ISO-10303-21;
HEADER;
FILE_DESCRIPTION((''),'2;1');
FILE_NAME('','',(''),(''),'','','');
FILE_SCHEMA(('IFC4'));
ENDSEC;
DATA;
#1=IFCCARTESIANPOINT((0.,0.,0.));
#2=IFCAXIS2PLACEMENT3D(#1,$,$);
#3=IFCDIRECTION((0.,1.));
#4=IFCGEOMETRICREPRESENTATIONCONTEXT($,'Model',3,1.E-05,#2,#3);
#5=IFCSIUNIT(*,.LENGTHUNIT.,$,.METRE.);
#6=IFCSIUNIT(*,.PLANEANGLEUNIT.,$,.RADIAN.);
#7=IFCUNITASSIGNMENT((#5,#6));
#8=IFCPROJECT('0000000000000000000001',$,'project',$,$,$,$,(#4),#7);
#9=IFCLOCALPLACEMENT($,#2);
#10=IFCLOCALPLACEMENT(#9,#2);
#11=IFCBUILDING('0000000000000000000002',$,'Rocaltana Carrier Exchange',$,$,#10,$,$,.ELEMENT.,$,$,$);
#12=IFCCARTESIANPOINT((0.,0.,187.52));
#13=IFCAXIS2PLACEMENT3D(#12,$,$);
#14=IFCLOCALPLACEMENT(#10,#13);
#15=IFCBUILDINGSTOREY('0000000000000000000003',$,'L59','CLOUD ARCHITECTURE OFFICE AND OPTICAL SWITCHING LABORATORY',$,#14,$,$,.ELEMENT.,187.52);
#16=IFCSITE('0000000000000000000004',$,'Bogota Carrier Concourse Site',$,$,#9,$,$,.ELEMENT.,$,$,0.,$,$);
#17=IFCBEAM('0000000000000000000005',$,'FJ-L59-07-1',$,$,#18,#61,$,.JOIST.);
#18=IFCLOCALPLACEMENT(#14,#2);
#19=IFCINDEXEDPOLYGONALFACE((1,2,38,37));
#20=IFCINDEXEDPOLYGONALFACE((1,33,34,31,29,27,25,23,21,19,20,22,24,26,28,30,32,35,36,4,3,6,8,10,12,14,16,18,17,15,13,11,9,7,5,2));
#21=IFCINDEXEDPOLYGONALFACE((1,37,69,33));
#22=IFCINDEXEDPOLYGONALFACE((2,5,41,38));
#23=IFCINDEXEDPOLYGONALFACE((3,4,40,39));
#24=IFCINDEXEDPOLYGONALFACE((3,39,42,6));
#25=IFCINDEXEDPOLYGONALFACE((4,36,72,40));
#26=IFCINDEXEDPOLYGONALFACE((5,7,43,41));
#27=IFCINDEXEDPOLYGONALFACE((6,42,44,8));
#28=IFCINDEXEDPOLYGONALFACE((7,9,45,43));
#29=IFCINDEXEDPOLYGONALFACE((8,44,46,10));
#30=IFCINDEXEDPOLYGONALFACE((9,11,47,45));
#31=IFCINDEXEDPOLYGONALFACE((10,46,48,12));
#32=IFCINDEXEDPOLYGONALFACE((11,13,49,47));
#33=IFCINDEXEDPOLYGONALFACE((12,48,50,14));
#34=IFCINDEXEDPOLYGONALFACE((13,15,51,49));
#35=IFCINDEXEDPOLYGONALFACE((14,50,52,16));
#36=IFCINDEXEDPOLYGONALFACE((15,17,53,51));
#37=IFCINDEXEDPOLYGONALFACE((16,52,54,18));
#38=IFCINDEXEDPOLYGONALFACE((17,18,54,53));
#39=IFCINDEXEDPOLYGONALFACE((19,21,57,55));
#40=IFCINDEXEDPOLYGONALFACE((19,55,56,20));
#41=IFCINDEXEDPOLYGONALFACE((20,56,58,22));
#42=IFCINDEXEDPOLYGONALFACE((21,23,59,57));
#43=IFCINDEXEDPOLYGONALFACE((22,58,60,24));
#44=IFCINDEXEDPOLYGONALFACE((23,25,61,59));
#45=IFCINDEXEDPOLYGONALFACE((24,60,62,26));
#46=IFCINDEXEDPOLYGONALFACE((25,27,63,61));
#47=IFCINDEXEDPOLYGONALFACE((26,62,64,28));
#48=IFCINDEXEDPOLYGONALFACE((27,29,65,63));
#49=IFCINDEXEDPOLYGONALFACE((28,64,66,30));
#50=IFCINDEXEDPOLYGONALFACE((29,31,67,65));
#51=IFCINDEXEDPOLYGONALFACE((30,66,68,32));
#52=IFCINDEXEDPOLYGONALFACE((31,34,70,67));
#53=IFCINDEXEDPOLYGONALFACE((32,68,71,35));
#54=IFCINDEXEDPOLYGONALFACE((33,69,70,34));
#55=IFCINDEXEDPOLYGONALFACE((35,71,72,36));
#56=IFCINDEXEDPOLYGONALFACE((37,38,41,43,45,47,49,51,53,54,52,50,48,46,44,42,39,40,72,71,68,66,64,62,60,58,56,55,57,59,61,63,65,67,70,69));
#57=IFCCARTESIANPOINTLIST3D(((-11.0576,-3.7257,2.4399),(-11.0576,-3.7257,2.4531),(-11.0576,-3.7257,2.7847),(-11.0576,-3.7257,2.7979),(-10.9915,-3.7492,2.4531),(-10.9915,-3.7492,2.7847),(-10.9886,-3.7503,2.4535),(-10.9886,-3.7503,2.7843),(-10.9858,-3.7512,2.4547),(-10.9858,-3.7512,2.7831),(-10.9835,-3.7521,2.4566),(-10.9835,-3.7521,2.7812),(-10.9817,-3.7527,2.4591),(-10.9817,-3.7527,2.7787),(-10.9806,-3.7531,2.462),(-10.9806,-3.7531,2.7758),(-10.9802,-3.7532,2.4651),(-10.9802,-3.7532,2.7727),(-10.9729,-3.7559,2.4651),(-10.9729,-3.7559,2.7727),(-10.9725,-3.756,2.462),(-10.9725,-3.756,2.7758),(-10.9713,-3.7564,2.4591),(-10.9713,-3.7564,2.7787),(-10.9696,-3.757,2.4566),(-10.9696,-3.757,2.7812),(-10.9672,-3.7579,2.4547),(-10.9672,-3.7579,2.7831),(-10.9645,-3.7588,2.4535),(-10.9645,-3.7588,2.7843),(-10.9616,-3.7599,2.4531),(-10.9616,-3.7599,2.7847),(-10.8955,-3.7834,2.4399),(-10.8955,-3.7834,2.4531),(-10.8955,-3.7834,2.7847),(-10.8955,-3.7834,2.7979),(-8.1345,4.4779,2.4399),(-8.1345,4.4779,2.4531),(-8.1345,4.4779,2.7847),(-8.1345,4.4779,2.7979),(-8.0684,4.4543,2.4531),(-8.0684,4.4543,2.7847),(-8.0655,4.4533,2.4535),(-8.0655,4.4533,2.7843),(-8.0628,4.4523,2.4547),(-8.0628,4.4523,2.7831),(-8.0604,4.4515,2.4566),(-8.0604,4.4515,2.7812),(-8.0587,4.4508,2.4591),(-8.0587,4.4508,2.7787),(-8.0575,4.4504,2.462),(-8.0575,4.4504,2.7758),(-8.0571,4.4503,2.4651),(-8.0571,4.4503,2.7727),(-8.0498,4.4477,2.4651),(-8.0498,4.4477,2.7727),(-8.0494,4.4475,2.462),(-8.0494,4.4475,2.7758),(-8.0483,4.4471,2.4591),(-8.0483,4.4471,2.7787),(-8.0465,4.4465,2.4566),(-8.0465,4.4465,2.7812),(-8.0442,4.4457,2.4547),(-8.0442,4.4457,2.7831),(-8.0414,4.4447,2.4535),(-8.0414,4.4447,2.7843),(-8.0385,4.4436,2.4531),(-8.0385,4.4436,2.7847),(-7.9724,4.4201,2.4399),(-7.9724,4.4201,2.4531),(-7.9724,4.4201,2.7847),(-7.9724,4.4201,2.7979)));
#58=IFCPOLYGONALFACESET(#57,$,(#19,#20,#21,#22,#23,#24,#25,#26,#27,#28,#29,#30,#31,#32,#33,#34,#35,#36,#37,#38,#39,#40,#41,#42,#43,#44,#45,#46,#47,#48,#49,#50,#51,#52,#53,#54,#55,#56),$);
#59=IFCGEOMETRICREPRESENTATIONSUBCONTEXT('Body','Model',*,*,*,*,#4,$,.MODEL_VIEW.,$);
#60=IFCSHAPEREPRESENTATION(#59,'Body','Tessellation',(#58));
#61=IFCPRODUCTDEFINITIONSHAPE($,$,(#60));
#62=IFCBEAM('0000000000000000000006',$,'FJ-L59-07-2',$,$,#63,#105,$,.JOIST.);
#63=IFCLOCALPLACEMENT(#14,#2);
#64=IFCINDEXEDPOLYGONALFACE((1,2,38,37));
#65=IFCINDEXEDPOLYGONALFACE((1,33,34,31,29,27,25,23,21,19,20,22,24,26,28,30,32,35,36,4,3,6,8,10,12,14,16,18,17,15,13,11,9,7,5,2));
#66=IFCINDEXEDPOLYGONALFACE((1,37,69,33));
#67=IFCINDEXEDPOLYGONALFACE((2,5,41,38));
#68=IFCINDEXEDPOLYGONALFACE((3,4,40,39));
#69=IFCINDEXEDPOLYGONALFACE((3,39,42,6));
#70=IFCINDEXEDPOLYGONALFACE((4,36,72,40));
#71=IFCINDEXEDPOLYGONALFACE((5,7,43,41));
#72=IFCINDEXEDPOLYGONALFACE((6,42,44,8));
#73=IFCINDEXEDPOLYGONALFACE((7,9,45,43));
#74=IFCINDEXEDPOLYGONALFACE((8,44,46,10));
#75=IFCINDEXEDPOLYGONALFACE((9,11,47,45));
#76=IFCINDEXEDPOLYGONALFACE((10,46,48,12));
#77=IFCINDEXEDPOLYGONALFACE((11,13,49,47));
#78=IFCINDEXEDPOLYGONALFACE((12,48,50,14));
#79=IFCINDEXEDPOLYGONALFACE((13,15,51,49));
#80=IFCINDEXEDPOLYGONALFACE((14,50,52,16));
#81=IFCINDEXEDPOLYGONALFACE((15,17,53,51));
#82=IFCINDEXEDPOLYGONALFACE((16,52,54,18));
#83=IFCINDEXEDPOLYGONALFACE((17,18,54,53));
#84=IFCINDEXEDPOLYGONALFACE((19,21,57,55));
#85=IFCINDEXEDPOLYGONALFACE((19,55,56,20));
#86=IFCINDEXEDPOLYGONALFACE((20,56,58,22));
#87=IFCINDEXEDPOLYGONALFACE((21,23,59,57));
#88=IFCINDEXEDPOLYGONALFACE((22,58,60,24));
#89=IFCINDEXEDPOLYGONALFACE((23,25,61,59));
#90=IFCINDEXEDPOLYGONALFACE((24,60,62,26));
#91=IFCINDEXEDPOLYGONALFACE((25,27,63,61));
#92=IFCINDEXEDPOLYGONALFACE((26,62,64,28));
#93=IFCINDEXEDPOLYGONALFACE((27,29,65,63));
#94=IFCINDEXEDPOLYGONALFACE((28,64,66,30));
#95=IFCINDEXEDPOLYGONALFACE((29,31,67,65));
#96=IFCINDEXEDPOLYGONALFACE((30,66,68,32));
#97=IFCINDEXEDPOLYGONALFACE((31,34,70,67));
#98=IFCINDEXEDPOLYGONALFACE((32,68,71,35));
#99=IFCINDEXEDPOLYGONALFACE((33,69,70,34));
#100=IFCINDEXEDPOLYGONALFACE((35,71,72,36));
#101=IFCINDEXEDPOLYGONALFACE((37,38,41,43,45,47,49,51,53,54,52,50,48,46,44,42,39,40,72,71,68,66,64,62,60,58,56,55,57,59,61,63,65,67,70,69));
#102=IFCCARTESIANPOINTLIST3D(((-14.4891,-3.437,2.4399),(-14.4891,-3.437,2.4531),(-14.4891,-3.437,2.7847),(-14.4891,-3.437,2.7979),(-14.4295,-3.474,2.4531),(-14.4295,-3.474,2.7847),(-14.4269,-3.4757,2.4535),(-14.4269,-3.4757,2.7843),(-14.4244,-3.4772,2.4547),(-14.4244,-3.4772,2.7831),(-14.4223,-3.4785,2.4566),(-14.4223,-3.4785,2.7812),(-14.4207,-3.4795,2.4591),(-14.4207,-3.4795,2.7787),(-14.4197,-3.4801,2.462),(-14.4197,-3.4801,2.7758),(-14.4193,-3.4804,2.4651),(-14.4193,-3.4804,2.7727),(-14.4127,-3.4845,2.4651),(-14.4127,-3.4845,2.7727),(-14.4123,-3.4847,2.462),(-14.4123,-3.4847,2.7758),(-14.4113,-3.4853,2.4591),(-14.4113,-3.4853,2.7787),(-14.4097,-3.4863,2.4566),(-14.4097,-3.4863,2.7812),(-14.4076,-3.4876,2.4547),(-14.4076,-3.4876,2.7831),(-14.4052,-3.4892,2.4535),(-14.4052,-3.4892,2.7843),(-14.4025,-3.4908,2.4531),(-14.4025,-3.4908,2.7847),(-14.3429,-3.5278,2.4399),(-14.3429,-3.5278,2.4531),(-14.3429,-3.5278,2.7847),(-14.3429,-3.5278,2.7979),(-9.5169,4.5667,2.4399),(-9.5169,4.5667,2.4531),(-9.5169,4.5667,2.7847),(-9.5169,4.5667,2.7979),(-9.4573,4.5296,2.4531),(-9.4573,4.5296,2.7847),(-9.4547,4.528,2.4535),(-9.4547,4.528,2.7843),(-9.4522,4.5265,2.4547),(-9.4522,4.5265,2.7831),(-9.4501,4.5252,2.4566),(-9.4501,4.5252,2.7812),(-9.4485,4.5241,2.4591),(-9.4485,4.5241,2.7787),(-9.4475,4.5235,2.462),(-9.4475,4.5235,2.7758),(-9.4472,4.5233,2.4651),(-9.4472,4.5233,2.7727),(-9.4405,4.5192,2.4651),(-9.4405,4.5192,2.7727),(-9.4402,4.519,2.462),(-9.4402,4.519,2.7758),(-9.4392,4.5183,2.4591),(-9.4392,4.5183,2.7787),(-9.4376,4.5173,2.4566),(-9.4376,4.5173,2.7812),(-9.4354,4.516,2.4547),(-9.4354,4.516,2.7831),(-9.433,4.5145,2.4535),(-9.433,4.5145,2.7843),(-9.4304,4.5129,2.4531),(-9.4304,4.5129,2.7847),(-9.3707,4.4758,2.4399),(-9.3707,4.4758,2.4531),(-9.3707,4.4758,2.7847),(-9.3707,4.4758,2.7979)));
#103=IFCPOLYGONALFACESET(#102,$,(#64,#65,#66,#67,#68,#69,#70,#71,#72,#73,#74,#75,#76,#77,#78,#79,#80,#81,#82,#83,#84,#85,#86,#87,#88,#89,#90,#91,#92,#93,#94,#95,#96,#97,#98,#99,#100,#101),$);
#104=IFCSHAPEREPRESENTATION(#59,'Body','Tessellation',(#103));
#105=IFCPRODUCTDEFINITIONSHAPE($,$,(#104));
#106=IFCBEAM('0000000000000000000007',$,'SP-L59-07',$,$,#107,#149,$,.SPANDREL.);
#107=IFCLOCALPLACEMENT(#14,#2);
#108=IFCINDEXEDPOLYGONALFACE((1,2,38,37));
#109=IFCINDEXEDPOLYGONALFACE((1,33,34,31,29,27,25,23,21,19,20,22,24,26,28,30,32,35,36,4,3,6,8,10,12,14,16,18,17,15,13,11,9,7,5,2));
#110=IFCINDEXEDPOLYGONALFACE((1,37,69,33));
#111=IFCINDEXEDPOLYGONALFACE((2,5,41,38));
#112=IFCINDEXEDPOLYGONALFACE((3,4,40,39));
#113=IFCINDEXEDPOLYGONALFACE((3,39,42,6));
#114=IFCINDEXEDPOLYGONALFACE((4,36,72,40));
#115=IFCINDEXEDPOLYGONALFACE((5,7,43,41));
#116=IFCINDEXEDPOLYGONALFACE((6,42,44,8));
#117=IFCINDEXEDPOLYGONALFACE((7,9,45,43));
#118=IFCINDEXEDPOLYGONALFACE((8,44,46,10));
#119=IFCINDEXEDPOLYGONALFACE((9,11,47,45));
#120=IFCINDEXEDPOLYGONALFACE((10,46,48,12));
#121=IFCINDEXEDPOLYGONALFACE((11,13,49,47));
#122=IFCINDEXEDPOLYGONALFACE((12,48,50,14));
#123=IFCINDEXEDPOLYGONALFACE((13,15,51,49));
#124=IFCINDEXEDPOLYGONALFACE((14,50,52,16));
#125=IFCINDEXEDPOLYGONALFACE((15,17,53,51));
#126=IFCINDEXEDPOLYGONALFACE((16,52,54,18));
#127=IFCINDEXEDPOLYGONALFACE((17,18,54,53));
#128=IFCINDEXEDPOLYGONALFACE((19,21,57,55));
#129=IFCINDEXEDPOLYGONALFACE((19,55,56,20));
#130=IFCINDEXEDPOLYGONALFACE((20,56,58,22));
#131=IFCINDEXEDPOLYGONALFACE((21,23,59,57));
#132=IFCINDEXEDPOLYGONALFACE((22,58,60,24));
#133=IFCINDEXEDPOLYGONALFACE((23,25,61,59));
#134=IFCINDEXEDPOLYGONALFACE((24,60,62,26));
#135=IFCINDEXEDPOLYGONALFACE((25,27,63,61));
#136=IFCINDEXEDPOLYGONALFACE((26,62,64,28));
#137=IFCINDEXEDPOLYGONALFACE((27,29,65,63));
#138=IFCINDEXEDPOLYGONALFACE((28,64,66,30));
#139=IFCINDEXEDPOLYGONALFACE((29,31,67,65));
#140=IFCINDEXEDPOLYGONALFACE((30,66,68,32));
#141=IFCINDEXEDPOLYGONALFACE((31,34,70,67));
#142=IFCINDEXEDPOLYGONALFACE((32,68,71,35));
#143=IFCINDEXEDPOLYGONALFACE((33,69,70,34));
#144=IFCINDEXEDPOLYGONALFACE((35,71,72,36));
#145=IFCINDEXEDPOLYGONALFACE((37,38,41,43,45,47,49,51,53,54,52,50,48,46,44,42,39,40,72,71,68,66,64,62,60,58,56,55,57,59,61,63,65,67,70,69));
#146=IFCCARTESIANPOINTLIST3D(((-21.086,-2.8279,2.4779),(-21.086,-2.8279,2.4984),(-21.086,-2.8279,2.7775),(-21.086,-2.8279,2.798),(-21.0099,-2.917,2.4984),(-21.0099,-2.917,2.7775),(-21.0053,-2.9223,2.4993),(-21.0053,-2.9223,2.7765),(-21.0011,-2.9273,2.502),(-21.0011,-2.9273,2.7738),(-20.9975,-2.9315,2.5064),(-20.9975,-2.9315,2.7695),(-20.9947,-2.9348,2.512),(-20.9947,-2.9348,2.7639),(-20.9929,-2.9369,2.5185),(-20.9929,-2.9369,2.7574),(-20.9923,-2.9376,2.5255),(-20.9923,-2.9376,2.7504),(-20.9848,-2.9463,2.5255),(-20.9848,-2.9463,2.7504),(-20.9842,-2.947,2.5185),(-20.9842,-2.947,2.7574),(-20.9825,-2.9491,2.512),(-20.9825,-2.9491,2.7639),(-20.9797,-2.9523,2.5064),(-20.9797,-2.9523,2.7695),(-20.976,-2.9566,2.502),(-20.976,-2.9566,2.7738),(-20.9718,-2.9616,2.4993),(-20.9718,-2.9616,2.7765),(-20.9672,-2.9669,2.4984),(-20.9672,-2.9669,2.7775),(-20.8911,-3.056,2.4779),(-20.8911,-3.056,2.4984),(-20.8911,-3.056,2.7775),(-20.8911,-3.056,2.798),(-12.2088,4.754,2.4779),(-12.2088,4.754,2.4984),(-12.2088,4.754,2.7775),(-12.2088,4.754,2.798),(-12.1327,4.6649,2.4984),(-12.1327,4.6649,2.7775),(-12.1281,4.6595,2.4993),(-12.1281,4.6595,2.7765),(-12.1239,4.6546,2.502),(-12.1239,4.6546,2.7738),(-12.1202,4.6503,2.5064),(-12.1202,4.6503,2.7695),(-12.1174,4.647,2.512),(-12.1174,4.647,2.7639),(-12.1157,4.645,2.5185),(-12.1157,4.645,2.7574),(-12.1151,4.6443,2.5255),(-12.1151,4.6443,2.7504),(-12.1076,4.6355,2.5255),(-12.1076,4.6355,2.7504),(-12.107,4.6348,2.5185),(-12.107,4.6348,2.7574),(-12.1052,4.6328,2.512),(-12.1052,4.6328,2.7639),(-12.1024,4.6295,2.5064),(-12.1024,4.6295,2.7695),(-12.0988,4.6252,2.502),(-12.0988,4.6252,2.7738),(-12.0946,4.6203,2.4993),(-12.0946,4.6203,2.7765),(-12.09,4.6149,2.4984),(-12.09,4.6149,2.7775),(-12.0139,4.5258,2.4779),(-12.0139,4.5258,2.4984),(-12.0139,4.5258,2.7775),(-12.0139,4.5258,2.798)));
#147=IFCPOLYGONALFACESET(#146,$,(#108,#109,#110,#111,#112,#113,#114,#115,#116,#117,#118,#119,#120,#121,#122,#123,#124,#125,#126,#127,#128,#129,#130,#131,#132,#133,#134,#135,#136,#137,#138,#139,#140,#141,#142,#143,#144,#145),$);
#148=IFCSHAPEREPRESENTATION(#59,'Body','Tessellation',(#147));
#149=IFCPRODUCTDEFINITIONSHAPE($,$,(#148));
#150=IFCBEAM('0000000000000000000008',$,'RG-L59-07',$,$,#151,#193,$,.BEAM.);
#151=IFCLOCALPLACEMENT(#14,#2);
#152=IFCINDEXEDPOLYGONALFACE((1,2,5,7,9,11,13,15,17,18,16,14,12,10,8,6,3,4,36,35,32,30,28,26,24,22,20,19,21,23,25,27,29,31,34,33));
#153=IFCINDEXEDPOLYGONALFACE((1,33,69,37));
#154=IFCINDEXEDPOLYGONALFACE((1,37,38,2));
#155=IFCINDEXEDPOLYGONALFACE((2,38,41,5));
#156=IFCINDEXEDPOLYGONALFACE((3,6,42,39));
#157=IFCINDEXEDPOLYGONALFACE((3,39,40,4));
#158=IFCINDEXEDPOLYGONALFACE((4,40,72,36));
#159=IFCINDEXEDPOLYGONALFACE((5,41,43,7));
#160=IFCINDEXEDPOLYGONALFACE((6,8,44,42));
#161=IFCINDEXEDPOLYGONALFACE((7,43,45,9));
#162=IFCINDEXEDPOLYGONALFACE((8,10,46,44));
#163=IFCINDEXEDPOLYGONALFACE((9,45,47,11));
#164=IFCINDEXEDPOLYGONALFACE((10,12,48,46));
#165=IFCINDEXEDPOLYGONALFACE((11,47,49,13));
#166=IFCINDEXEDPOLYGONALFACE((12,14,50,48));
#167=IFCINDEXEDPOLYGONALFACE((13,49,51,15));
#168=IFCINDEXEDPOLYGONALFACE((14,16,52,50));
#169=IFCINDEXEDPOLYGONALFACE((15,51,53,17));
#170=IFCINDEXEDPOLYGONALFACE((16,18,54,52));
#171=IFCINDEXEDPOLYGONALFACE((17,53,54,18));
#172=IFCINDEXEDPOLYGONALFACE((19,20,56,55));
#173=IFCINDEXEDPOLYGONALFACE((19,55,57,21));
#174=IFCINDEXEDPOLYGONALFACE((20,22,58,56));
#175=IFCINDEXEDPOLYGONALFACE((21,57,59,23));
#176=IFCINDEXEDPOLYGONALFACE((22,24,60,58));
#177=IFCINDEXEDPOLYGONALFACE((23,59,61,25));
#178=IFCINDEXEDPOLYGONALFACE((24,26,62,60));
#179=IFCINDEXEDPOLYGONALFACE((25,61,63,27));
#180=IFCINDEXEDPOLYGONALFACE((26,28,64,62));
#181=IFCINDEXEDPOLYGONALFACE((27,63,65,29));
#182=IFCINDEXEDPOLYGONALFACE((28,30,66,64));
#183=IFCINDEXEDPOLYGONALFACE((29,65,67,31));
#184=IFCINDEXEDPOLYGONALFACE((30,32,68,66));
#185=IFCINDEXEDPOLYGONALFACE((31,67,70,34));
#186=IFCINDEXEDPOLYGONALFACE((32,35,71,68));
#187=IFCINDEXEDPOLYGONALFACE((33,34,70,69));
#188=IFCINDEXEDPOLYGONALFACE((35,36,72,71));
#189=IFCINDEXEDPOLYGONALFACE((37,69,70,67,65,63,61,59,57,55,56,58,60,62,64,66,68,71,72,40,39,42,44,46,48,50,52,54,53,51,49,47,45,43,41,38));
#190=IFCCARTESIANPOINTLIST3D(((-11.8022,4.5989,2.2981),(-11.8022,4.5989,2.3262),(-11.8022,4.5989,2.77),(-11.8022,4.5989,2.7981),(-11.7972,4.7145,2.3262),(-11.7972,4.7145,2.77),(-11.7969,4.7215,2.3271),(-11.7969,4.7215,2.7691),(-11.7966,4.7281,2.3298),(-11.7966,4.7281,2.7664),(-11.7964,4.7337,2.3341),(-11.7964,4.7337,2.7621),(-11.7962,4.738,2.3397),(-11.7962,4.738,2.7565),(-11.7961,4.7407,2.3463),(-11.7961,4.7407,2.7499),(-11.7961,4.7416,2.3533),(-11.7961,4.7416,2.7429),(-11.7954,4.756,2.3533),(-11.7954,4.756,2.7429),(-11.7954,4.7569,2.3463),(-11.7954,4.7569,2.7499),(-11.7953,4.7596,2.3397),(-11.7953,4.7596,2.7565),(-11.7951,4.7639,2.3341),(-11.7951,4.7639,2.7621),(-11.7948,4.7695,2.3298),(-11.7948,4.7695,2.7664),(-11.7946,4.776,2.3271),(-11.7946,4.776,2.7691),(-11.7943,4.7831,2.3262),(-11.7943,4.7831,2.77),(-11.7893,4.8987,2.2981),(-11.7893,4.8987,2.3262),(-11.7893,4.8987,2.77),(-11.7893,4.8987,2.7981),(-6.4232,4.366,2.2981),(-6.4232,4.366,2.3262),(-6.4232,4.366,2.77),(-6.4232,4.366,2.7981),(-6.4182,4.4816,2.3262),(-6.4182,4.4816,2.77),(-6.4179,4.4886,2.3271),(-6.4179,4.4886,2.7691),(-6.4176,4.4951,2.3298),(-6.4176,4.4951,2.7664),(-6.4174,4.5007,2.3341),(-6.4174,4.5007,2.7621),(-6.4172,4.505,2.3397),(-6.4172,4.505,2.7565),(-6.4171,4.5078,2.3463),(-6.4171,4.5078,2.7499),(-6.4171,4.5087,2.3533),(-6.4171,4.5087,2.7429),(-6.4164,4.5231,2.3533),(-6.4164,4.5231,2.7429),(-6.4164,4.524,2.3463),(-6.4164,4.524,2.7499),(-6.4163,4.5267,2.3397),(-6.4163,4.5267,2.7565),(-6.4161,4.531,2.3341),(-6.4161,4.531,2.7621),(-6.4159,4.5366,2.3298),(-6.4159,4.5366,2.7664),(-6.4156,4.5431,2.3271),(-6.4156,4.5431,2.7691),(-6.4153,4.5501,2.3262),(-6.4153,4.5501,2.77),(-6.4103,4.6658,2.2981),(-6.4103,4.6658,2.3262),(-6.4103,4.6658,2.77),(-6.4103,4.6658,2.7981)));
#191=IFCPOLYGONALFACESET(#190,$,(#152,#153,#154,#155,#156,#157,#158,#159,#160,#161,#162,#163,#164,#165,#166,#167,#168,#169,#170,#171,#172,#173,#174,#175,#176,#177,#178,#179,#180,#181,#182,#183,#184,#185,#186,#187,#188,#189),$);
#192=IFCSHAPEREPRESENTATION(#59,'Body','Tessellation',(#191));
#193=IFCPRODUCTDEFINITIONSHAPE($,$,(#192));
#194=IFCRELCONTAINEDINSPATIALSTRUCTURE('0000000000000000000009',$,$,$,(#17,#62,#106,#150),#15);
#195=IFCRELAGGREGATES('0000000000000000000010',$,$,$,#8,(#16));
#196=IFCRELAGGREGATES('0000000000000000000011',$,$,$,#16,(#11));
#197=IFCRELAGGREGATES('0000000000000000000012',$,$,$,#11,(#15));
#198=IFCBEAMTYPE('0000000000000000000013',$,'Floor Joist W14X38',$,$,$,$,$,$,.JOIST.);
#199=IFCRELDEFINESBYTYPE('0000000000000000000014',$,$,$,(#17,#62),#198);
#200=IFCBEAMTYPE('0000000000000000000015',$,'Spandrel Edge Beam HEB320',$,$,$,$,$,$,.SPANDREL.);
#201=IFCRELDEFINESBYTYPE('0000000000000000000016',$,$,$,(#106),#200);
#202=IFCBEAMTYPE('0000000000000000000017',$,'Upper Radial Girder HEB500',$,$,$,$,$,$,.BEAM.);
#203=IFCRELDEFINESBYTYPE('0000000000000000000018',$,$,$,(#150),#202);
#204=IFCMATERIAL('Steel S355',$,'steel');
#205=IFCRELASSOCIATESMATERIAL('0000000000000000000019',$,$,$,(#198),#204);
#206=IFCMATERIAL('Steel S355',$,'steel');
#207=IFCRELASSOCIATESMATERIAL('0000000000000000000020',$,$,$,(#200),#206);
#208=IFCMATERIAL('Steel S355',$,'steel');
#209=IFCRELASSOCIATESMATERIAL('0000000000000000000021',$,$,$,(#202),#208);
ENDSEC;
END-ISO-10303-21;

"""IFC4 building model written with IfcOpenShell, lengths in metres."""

from ifc_helpers import new_model, si_unit, direction, frame, origin, origin_2d, place, context, subcontext, project, spatial, i_section, extrude, material, material_profile, profile_set, type_object, element, save


model = new_model("IFC4")

# Units and contexts
model_context = context("Model", 3, precision=1e-05, world=origin(), true_north=direction((0.0, 1.0)))
body_context = subcontext(model_context, "Body", "Model", "MODEL_VIEW")
ifc_project = project(units=[si_unit("LENGTHUNIT", "METRE"), si_unit("PLANEANGLEUNIT", "RADIAN")], contexts=[model_context])

# Site, building, storey
site_placement = place(None, origin())
site = spatial("IfcSite", under=ifc_project, at=site_placement, Name="Bogota Carrier Concourse Site", CompositionType="ELEMENT", RefElevation=0.0)
building_placement = place(site_placement, origin())
building = spatial("IfcBuilding", under=site, at=building_placement, Name="Rocaltana Carrier Exchange", CompositionType="ELEMENT")
storey_placement = place(building_placement, frame((0.0, 0.0, 187.52)))
storey = spatial("IfcBuildingStorey", under=building, at=storey_placement, Name="L59", Description="CLOUD ARCHITECTURE OFFICE AND OPTICAL SWITCHING LABORATORY", CompositionType="ELEMENT", Elevation=187.52)

# Beams
ifc_material_1 = material(Name="Steel S355", Category="steel")
ifc_material_profile_1 = material_profile(ifc_material_1, i_section(OverallWidth=0.1721, OverallDepth=0.3579, WebThickness=0.0078, FlangeThickness=0.0132, FilletRadius=0.012, at=origin_2d()), Name="W14X38")
ifc_profile_set_1 = profile_set([ifc_material_profile_1], Name="Steel S355")
beam_type_1 = type_object("IfcBeamType", Name="Floor Joist W14X38", PredefinedType="JOIST", material=ifc_profile_set_1)
beam_1_placement = place(storey_placement, frame((-8.0535, 4.449, 2.6189), z_axis=(-0.335647, -0.941988, 0.0), x_axis=(0.941988, -0.335647, 0.0)))
element("IfcBeam", 1, at=beam_1_placement, inside=storey, type_object=beam_type_1, Name="FJ-L59-07-1", PredefinedType="JOIST", context=body_context, shape_type="SweptSolid", body=[
    extrude(i_section(OverallWidth=0.1721, OverallDepth=0.3579, WebThickness=0.0078, FlangeThickness=0.0132, FilletRadius=0.012, at=origin_2d()), origin(), (0.0, 0.0, 1.0), 8.7087),
])
beam_2_placement = place(storey_placement, frame((-9.4438, 4.5212, 2.6189), z_axis=(-0.527698, -0.849432, 0.0), x_axis=(0.849432, -0.527698, 0.0)))
element("IfcBeam", 2, at=beam_2_placement, inside=storey, type_object=beam_type_1, Name="FJ-L59-07-2", PredefinedType="JOIST", context=body_context, shape_type="SweptSolid", body=[
    extrude(i_section(OverallWidth=0.1721, OverallDepth=0.3579, WebThickness=0.0078, FlangeThickness=0.0132, FilletRadius=0.012, at=origin_2d()), origin(), (0.0, 0.0, 1.0), 9.4224),
])
ifc_material_2 = material(Name="Steel S355", Category="steel")
ifc_material_profile_2 = material_profile(ifc_material_2, i_section(OverallWidth=0.3, OverallDepth=0.3201, WebThickness=0.0115, FlangeThickness=0.0205, FilletRadius=0.0271, at=origin_2d()), Name="HEB320")
ifc_profile_set_2 = profile_set([ifc_material_profile_2], Name="Steel S355")
beam_type_2 = type_object("IfcBeamType", Name="Spandrel Edge Beam HEB320", PredefinedType="SPANDREL", material=ifc_profile_set_2)
beam_3_placement = place(storey_placement, frame((-12.1113, 4.6399, 2.6379), z_axis=(-0.760408, -0.649445, 0.0), x_axis=(0.649445, -0.760408, 0.0)))
element("IfcBeam", 3, at=beam_3_placement, inside=storey, type_object=beam_type_2, Name="SP-L59-07", PredefinedType="SPANDREL", context=body_context, shape_type="SweptSolid", body=[
    extrude(i_section(OverallWidth=0.3, OverallDepth=0.3201, WebThickness=0.0115, FlangeThickness=0.0205, FilletRadius=0.0271, at=origin_2d()), origin(), (0.0, 0.0, 1.0), 11.6743),
])
ifc_material_3 = material(Name="Steel S355", Category="steel")
ifc_material_profile_3 = material_profile(ifc_material_3, i_section(OverallWidth=0.3, OverallDepth=0.5, WebThickness=0.0144, FlangeThickness=0.0281, FilletRadius=0.0271, at=origin_2d()), Name="HEB500")
ifc_profile_set_3 = profile_set([ifc_material_profile_3], Name="Steel S355")
beam_type_3 = type_object("IfcBeamType", Name="Upper Radial Girder HEB500", PredefinedType="BEAM", material=ifc_profile_set_3)
beam_4_placement = place(storey_placement, frame((-6.4167, 4.5159, 2.5481), z_axis=(-0.999064, 0.04326, 0.0), x_axis=(-0.04326, -0.999064, 0.0)))
element("IfcBeam", 4, at=beam_4_placement, inside=storey, type_object=beam_type_3, Name="RG-L59-07", PredefinedType="BEAM", context=body_context, shape_type="SweptSolid", body=[
    extrude(i_section(OverallWidth=0.3, OverallDepth=0.5, WebThickness=0.0144, FlangeThickness=0.0281, FilletRadius=0.0271, at=origin_2d()), origin(), (0.0, 0.0, 1.0), 5.384),
])

save(model, "model.ifc")
